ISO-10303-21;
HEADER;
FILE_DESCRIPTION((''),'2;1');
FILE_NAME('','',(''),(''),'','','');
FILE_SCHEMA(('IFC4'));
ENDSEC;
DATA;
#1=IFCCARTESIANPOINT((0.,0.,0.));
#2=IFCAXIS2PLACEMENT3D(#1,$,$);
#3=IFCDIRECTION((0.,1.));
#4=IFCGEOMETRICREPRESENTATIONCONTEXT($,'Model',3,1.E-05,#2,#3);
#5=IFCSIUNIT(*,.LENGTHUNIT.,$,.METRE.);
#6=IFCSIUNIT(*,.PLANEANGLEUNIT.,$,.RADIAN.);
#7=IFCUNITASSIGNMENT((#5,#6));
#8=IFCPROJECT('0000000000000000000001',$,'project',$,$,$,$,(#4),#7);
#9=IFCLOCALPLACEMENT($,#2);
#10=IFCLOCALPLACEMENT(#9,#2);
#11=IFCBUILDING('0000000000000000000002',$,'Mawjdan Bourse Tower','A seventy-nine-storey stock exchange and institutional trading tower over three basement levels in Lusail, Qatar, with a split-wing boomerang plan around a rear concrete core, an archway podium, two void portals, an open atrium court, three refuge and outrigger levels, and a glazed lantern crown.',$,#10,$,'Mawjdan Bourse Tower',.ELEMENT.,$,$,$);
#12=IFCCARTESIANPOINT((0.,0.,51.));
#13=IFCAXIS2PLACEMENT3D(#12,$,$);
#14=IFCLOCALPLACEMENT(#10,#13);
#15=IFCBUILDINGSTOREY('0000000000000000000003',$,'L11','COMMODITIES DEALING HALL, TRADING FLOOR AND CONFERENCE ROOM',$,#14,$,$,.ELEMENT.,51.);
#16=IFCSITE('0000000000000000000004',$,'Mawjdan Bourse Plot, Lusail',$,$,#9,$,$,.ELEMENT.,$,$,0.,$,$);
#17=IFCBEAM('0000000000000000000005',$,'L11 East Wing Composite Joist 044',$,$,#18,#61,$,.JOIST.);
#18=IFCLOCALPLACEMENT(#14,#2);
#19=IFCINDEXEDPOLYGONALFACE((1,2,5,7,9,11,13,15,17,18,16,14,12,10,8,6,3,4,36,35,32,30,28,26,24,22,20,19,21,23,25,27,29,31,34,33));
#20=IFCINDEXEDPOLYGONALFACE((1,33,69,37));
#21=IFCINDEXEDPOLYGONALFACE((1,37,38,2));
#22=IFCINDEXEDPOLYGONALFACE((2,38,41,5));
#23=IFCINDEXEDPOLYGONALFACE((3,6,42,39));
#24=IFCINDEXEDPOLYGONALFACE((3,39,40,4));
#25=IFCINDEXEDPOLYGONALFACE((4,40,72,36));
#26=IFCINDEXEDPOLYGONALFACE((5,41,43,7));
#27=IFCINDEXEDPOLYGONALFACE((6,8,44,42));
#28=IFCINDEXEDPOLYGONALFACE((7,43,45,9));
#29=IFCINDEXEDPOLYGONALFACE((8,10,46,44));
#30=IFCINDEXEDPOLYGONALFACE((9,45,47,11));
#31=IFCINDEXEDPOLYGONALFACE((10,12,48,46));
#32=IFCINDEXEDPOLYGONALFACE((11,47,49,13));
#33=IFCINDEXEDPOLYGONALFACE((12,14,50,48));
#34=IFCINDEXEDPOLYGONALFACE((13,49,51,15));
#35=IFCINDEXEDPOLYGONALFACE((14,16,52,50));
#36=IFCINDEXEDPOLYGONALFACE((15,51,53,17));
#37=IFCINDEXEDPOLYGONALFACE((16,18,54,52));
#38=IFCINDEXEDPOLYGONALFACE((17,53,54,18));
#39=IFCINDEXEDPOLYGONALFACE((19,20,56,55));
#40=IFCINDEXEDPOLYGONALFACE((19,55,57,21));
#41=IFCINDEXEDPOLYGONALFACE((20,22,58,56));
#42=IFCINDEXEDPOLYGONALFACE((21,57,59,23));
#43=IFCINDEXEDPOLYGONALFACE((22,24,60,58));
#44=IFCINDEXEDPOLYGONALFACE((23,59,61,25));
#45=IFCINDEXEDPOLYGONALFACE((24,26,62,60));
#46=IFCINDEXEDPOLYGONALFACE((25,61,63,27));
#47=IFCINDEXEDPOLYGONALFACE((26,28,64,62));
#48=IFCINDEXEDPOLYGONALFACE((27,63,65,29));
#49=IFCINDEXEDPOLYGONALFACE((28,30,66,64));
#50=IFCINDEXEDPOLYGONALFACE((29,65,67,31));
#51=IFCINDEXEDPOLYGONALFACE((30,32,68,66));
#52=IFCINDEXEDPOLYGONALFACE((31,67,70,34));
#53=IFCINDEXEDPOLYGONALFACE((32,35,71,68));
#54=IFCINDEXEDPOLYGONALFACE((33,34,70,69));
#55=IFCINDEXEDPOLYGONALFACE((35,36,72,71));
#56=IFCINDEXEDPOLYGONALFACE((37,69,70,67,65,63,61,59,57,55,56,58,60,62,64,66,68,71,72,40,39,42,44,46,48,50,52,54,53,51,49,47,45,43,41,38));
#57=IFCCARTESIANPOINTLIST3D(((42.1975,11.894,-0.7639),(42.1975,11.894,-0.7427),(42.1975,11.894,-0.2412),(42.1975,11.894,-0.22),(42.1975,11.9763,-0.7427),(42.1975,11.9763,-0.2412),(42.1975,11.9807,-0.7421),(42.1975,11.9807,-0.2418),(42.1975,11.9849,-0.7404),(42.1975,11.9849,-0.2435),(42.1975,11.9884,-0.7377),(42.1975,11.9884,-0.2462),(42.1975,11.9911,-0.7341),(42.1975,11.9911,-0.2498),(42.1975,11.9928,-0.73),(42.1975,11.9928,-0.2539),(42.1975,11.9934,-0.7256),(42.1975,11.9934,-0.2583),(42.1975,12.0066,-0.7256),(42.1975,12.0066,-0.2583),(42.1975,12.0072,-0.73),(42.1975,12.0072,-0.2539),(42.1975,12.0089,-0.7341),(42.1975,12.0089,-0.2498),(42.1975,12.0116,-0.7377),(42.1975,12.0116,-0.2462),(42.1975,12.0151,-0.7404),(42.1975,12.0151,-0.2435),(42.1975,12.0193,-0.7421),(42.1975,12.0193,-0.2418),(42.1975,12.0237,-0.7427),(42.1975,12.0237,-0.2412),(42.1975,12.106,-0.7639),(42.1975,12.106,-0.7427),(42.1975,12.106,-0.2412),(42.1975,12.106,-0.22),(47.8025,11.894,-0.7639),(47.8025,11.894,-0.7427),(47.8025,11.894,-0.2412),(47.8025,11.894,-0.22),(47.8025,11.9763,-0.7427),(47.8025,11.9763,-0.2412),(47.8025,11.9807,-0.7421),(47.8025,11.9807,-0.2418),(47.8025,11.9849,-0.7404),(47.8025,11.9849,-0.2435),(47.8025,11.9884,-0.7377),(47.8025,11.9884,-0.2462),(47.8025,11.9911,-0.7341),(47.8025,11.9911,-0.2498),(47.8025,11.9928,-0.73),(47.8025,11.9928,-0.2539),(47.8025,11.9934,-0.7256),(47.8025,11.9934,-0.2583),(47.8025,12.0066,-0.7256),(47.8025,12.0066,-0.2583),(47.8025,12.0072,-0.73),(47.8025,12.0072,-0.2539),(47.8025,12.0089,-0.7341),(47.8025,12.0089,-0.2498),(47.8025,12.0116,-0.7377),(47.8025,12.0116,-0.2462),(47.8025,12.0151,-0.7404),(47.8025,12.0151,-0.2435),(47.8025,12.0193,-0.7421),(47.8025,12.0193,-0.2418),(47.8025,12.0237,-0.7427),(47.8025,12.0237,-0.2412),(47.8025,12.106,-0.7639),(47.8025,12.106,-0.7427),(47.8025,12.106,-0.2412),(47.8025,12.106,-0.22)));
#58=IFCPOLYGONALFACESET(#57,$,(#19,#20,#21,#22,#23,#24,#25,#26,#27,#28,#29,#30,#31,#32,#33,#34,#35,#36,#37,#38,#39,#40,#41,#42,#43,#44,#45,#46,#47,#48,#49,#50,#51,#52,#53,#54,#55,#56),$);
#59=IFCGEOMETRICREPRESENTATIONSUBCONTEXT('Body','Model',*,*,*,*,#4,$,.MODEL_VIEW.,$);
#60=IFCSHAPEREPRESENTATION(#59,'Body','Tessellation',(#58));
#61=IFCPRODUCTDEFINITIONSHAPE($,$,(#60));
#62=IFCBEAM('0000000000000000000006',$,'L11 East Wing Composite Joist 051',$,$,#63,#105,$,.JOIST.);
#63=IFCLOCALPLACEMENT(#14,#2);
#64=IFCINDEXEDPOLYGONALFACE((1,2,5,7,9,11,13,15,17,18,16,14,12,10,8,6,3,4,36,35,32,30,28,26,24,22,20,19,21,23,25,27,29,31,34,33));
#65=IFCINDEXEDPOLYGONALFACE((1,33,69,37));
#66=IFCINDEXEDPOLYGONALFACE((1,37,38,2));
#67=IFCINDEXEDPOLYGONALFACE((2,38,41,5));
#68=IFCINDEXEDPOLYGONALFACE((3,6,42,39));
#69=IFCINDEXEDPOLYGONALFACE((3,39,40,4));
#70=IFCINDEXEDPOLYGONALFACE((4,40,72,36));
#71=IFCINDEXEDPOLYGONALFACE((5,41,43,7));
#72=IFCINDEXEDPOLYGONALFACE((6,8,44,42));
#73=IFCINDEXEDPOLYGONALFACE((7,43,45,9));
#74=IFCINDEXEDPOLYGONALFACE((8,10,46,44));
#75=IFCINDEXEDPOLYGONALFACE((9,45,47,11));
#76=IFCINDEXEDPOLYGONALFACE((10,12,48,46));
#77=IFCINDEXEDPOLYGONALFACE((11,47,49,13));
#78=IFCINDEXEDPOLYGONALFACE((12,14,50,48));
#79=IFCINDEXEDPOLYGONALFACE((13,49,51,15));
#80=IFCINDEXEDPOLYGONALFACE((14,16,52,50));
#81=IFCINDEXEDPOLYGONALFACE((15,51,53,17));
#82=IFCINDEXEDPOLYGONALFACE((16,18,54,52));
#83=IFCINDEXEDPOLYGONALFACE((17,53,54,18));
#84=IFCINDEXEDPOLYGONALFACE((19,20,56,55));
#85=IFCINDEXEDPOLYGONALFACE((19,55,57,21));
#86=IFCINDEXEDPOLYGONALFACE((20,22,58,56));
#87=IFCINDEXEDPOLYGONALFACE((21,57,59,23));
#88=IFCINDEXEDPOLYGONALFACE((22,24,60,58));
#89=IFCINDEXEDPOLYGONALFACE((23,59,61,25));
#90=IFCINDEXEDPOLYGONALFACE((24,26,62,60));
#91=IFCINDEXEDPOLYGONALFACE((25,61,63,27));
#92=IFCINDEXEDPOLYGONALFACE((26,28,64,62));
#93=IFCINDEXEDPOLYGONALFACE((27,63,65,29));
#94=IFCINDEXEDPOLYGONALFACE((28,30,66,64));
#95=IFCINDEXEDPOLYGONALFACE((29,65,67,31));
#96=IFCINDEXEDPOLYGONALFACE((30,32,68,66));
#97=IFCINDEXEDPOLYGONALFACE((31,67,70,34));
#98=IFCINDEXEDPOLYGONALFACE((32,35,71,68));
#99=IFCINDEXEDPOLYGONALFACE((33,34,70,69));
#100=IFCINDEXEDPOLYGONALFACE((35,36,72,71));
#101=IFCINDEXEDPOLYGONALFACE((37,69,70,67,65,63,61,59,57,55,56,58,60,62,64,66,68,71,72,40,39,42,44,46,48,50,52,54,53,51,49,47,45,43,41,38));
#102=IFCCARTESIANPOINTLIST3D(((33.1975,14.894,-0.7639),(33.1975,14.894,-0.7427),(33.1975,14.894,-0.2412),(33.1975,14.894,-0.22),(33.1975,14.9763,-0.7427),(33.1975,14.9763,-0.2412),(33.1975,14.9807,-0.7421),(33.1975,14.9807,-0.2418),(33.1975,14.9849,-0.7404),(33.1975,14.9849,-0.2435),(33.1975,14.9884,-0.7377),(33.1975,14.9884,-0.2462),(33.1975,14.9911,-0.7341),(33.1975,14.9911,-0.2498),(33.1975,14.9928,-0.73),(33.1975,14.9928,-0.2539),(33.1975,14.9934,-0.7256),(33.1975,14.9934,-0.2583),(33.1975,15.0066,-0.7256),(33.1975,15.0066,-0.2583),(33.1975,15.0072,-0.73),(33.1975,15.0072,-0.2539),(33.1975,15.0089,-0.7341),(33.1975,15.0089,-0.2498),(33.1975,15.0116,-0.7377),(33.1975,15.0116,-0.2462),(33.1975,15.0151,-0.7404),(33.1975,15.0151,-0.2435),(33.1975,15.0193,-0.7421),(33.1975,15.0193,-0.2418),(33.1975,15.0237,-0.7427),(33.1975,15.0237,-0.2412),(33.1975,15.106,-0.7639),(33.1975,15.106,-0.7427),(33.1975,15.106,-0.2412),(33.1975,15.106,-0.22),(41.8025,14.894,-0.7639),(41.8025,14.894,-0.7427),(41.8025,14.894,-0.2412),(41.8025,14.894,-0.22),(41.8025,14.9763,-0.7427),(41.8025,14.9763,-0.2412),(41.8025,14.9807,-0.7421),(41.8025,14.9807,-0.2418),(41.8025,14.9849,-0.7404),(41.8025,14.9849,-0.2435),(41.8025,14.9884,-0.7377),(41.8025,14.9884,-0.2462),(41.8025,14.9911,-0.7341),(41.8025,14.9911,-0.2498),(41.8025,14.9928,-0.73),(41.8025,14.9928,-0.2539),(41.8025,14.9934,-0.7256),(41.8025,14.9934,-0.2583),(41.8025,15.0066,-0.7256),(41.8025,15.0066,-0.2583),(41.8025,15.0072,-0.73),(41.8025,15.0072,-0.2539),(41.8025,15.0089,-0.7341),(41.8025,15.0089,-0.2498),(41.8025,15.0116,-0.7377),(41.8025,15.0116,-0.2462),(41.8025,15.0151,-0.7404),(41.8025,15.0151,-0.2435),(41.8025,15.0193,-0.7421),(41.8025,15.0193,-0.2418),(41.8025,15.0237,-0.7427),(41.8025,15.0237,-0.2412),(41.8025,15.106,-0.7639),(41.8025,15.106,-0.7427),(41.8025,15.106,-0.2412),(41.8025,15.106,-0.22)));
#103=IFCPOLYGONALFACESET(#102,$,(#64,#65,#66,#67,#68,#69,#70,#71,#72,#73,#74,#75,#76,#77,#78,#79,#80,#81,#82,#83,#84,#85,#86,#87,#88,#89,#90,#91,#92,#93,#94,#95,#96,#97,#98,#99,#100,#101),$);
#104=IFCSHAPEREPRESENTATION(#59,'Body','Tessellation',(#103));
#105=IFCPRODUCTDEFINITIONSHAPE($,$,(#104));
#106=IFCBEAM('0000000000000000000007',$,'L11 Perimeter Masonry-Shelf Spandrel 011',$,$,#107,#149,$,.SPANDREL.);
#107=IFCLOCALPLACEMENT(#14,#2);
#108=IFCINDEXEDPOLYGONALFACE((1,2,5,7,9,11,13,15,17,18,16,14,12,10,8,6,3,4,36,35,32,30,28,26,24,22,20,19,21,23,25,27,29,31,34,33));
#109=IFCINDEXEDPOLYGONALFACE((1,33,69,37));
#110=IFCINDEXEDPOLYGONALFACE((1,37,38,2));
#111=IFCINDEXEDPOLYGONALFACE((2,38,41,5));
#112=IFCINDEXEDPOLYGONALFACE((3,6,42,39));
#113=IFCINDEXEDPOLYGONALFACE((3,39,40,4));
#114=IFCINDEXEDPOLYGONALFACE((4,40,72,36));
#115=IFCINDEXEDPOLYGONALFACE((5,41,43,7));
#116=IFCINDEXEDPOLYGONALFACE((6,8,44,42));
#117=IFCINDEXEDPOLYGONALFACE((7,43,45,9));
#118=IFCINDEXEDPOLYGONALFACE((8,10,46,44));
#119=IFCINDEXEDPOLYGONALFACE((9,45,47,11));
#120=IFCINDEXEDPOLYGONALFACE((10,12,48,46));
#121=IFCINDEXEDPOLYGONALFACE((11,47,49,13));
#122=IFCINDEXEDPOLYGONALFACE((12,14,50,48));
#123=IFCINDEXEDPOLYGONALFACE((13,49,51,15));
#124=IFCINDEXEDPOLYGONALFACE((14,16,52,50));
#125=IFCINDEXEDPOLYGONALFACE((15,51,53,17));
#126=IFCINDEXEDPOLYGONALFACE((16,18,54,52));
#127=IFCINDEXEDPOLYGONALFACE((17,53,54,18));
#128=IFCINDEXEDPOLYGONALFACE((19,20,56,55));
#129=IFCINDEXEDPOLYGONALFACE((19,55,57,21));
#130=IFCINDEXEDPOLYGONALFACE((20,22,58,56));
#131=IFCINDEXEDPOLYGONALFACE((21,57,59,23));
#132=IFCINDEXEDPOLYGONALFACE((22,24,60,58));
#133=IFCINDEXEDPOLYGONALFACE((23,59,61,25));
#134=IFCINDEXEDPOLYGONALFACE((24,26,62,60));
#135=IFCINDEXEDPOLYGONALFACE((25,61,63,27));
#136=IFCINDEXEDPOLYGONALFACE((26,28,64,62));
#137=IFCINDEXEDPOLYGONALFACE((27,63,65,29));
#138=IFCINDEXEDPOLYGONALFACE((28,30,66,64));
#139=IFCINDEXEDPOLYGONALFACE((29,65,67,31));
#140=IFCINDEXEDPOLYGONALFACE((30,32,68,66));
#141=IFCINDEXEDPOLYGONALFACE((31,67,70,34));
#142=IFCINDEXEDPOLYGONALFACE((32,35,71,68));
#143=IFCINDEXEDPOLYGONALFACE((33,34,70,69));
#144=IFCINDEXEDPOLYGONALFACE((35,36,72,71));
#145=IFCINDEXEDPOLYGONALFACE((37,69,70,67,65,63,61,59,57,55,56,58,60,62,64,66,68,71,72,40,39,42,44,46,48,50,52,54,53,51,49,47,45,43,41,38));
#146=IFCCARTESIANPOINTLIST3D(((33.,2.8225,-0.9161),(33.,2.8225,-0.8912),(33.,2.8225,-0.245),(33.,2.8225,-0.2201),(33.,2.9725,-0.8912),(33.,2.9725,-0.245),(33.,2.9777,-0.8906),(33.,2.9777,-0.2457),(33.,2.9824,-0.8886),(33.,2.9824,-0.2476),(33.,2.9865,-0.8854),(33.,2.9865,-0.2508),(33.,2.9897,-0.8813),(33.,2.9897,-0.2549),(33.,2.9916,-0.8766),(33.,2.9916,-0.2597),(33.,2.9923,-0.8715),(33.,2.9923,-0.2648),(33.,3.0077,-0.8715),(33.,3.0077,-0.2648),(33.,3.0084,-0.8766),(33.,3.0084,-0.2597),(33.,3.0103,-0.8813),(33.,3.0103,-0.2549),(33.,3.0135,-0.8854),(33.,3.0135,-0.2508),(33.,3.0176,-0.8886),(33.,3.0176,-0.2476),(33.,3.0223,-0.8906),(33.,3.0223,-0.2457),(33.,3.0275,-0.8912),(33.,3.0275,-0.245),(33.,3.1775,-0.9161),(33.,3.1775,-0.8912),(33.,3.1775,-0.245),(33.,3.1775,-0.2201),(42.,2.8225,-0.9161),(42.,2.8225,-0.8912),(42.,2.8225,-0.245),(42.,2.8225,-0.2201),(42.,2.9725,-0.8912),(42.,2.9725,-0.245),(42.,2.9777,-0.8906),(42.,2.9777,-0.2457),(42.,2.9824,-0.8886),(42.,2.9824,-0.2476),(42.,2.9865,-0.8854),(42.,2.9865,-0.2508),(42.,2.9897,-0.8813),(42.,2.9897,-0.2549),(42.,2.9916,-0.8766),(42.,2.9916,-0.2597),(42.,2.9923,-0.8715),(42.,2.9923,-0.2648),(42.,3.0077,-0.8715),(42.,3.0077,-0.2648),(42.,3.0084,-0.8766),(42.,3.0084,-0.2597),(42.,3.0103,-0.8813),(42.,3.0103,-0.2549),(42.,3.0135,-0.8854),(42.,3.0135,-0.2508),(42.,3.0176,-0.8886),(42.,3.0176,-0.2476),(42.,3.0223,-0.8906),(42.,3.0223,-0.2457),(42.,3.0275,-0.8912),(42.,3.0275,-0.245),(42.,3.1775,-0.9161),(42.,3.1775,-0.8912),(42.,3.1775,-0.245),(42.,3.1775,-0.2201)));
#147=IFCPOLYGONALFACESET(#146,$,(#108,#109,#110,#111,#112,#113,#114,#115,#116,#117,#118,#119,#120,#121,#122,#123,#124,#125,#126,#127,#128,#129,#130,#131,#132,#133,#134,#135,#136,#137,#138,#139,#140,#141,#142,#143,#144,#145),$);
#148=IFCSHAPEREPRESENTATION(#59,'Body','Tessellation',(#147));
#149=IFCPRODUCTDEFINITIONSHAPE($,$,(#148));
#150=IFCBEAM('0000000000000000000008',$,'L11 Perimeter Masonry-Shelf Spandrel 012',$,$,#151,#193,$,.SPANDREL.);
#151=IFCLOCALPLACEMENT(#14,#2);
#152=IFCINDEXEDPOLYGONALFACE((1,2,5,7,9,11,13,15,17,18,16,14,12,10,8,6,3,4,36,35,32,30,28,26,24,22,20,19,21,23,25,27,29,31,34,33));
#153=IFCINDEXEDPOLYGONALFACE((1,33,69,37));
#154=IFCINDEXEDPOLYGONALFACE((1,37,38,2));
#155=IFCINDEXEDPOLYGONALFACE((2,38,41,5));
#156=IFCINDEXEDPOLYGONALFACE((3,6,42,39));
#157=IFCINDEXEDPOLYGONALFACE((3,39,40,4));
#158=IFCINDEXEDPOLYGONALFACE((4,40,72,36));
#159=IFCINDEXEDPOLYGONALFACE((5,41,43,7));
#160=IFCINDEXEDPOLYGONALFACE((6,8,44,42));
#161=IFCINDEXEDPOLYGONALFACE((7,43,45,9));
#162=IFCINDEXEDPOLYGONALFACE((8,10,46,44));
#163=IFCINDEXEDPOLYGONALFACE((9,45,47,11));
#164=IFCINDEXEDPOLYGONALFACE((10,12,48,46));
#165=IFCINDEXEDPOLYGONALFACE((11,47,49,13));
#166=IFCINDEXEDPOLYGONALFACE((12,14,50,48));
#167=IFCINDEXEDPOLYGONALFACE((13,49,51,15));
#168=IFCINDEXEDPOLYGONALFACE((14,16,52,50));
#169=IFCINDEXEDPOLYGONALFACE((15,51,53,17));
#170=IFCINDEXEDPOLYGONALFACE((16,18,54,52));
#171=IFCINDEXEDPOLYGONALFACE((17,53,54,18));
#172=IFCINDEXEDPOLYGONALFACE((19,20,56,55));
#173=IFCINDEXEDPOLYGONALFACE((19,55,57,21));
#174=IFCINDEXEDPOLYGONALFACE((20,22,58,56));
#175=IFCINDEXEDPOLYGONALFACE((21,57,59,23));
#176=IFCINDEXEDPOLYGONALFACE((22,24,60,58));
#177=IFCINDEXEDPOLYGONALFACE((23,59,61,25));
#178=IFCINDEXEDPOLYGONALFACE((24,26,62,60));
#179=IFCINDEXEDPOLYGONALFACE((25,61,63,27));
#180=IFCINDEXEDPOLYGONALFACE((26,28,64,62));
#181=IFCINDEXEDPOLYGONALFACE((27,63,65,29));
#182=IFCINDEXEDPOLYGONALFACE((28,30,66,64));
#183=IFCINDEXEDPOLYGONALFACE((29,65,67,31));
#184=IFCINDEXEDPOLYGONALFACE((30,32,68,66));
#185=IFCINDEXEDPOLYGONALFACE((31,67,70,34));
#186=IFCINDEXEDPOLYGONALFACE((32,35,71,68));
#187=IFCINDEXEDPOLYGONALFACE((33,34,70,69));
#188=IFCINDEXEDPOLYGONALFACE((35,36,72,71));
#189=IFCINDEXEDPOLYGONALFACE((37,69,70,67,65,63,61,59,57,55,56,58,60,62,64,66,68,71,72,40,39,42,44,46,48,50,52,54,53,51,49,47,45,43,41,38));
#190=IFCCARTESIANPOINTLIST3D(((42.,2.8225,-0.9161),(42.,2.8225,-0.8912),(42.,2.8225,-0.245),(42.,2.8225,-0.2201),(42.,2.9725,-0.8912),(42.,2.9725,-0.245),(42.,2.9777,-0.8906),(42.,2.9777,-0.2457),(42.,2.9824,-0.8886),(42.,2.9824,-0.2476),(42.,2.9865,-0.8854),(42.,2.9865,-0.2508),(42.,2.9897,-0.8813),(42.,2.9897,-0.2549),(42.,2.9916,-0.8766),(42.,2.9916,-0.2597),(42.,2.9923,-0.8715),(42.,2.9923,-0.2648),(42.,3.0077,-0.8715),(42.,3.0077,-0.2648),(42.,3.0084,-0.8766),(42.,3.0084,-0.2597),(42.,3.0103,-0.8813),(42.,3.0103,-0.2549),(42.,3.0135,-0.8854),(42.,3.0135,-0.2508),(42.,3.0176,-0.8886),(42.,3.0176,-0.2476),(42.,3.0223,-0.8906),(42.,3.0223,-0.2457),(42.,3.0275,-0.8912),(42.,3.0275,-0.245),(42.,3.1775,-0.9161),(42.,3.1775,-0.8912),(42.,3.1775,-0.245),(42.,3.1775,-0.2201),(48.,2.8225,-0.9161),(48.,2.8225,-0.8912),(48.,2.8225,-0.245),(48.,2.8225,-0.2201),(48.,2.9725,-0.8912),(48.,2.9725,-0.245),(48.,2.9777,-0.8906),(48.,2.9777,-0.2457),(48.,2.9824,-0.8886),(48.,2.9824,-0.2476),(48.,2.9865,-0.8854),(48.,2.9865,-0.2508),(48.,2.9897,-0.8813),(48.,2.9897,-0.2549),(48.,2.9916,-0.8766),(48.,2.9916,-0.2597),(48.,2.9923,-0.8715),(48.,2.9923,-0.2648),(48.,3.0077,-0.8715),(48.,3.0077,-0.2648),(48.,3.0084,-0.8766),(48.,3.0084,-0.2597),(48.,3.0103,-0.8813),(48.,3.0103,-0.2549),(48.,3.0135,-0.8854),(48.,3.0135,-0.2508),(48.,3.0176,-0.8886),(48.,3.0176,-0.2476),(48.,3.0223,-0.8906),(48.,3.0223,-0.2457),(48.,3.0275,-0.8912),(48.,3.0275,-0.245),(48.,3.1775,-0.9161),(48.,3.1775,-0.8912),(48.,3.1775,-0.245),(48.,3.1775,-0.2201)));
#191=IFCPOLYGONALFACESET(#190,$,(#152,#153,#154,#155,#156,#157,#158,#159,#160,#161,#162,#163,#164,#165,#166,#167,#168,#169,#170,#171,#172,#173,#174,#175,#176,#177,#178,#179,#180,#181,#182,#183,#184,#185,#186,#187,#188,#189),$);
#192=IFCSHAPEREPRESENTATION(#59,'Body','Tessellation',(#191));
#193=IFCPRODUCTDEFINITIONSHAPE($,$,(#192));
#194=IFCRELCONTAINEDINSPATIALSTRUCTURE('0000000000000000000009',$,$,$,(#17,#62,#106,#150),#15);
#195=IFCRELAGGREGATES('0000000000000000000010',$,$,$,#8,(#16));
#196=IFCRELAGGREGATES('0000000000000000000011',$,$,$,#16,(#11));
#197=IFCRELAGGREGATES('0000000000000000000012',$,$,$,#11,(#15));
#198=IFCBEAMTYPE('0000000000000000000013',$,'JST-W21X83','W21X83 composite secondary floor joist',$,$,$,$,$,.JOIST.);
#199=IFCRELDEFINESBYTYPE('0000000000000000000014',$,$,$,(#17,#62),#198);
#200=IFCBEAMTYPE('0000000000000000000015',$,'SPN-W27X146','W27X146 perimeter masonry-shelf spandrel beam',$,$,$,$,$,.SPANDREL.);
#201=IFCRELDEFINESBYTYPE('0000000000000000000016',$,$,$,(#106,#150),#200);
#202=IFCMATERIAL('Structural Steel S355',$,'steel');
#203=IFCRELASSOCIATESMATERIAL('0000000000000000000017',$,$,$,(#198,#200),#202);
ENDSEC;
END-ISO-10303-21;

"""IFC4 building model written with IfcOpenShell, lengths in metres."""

from ifc_helpers import new_model, si_unit, direction, frame, origin, origin_2d, place, context, subcontext, project, spatial, i_section, extrude, material, material_profile, profile_set, type_object, element, save


model = new_model("IFC4")

# Units and contexts
model_context = context("Model", 3, precision=1e-05, world=origin(), true_north=direction((0.0, 1.0)))
body_context = subcontext(model_context, "Body", "Model", "MODEL_VIEW")
ifc_project = project(units=[si_unit("LENGTHUNIT", "METRE"), si_unit("PLANEANGLEUNIT", "RADIAN")], contexts=[model_context])

# Site, building, storey
site_placement = place(None, origin())
site = spatial("IfcSite", under=ifc_project, at=site_placement, Name="Mawjdan Bourse Plot, Lusail", CompositionType="ELEMENT", RefElevation=0.0)
building_placement = place(site_placement, origin())
building = spatial("IfcBuilding", under=site, at=building_placement, Name="Mawjdan Bourse Tower", Description="A seventy-nine-storey stock exchange and institutional trading tower over three basement levels in Lusail, Qatar, with a split-wing boomerang plan around a rear concrete core, an archway podium, two void portals, an open atrium court, three refuge and outrigger levels, and a glazed lantern crown.", LongName="Mawjdan Bourse Tower", CompositionType="ELEMENT")
storey_placement = place(building_placement, frame((0.0, 0.0, 51.0)))
storey = spatial("IfcBuildingStorey", under=building, at=storey_placement, Name="L11", Description="COMMODITIES DEALING HALL, TRADING FLOOR AND CONFERENCE ROOM", CompositionType="ELEMENT", Elevation=51.0)

# Beams
ifc_material_1 = material(Name="Structural Steel S355", Category="steel")
ifc_material_profile_1 = material_profile(ifc_material_1, i_section(OverallWidth=0.2119, OverallDepth=0.5439, WebThickness=0.0132, FlangeThickness=0.0212, FilletRadius=0.0171, at=origin_2d()), Name="W21X83")
ifc_profile_set_1 = profile_set([ifc_material_profile_1], Name="Structural Steel S355")
beam_type_1 = type_object("IfcBeamType", Name="JST-W21X83", Description="W21X83 composite secondary floor joist", PredefinedType="JOIST", material=ifc_profile_set_1)
beam_1_placement = place(storey_placement, frame((42.1975, 12.0, -0.4919), z_axis=(1.0, 0.0, 0.0), x_axis=(0.0, 1.0, 0.0)))
element("IfcBeam", 1, at=beam_1_placement, inside=storey, type_object=beam_type_1, Name="L11 East Wing Composite Joist 044", PredefinedType="JOIST", context=body_context, shape_type="SweptSolid", body=[
    extrude(i_section(OverallWidth=0.2119, OverallDepth=0.5439, WebThickness=0.0132, FlangeThickness=0.0212, FilletRadius=0.0171, at=origin_2d()), origin(), (0.0, 0.0, 1.0), 5.605),
])
beam_2_placement = place(storey_placement, frame((33.1975, 15.0, -0.4919), z_axis=(1.0, 0.0, 0.0), x_axis=(0.0, 1.0, 0.0)))
element("IfcBeam", 2, at=beam_2_placement, inside=storey, type_object=beam_type_1, Name="L11 East Wing Composite Joist 051", PredefinedType="JOIST", context=body_context, shape_type="SweptSolid", body=[
    extrude(i_section(OverallWidth=0.2119, OverallDepth=0.5439, WebThickness=0.0132, FlangeThickness=0.0212, FilletRadius=0.0171, at=origin_2d()), origin(), (0.0, 0.0, 1.0), 8.605),
])
ifc_material_profile_2 = material_profile(ifc_material_1, i_section(OverallWidth=0.355, OverallDepth=0.696, WebThickness=0.0154, FlangeThickness=0.0249, FilletRadius=0.0198, at=origin_2d()), Name="W27X146")
ifc_profile_set_2 = profile_set([ifc_material_profile_2], Name="Structural Steel S355")
beam_type_2 = type_object("IfcBeamType", Name="SPN-W27X146", Description="W27X146 perimeter masonry-shelf spandrel beam", PredefinedType="SPANDREL", material=ifc_profile_set_2)
beam_3_placement = place(storey_placement, frame((33.0, 3.0, -0.5681), z_axis=(1.0, 0.0, 0.0), x_axis=(0.0, 1.0, 0.0)))
element("IfcBeam", 3, at=beam_3_placement, inside=storey, type_object=beam_type_2, Name="L11 Perimeter Masonry-Shelf Spandrel 011", PredefinedType="SPANDREL", context=body_context, shape_type="SweptSolid", body=[
    extrude(i_section(OverallWidth=0.355, OverallDepth=0.696, WebThickness=0.0154, FlangeThickness=0.0249, FilletRadius=0.0198, at=origin_2d()), origin(), (0.0, 0.0, 1.0), 9.0),
])
beam_4_placement = place(storey_placement, frame((42.0, 3.0, -0.5681), z_axis=(1.0, 0.0, 0.0), x_axis=(0.0, 1.0, 0.0)))
element("IfcBeam", 4, at=beam_4_placement, inside=storey, type_object=beam_type_2, Name="L11 Perimeter Masonry-Shelf Spandrel 012", PredefinedType="SPANDREL", context=body_context, shape_type="SweptSolid", body=[
    extrude(i_section(OverallWidth=0.355, OverallDepth=0.696, WebThickness=0.0154, FlangeThickness=0.0249, FilletRadius=0.0198, at=origin_2d()), origin(), (0.0, 0.0, 1.0), 6.0),
])

save(model, "model.ifc")
